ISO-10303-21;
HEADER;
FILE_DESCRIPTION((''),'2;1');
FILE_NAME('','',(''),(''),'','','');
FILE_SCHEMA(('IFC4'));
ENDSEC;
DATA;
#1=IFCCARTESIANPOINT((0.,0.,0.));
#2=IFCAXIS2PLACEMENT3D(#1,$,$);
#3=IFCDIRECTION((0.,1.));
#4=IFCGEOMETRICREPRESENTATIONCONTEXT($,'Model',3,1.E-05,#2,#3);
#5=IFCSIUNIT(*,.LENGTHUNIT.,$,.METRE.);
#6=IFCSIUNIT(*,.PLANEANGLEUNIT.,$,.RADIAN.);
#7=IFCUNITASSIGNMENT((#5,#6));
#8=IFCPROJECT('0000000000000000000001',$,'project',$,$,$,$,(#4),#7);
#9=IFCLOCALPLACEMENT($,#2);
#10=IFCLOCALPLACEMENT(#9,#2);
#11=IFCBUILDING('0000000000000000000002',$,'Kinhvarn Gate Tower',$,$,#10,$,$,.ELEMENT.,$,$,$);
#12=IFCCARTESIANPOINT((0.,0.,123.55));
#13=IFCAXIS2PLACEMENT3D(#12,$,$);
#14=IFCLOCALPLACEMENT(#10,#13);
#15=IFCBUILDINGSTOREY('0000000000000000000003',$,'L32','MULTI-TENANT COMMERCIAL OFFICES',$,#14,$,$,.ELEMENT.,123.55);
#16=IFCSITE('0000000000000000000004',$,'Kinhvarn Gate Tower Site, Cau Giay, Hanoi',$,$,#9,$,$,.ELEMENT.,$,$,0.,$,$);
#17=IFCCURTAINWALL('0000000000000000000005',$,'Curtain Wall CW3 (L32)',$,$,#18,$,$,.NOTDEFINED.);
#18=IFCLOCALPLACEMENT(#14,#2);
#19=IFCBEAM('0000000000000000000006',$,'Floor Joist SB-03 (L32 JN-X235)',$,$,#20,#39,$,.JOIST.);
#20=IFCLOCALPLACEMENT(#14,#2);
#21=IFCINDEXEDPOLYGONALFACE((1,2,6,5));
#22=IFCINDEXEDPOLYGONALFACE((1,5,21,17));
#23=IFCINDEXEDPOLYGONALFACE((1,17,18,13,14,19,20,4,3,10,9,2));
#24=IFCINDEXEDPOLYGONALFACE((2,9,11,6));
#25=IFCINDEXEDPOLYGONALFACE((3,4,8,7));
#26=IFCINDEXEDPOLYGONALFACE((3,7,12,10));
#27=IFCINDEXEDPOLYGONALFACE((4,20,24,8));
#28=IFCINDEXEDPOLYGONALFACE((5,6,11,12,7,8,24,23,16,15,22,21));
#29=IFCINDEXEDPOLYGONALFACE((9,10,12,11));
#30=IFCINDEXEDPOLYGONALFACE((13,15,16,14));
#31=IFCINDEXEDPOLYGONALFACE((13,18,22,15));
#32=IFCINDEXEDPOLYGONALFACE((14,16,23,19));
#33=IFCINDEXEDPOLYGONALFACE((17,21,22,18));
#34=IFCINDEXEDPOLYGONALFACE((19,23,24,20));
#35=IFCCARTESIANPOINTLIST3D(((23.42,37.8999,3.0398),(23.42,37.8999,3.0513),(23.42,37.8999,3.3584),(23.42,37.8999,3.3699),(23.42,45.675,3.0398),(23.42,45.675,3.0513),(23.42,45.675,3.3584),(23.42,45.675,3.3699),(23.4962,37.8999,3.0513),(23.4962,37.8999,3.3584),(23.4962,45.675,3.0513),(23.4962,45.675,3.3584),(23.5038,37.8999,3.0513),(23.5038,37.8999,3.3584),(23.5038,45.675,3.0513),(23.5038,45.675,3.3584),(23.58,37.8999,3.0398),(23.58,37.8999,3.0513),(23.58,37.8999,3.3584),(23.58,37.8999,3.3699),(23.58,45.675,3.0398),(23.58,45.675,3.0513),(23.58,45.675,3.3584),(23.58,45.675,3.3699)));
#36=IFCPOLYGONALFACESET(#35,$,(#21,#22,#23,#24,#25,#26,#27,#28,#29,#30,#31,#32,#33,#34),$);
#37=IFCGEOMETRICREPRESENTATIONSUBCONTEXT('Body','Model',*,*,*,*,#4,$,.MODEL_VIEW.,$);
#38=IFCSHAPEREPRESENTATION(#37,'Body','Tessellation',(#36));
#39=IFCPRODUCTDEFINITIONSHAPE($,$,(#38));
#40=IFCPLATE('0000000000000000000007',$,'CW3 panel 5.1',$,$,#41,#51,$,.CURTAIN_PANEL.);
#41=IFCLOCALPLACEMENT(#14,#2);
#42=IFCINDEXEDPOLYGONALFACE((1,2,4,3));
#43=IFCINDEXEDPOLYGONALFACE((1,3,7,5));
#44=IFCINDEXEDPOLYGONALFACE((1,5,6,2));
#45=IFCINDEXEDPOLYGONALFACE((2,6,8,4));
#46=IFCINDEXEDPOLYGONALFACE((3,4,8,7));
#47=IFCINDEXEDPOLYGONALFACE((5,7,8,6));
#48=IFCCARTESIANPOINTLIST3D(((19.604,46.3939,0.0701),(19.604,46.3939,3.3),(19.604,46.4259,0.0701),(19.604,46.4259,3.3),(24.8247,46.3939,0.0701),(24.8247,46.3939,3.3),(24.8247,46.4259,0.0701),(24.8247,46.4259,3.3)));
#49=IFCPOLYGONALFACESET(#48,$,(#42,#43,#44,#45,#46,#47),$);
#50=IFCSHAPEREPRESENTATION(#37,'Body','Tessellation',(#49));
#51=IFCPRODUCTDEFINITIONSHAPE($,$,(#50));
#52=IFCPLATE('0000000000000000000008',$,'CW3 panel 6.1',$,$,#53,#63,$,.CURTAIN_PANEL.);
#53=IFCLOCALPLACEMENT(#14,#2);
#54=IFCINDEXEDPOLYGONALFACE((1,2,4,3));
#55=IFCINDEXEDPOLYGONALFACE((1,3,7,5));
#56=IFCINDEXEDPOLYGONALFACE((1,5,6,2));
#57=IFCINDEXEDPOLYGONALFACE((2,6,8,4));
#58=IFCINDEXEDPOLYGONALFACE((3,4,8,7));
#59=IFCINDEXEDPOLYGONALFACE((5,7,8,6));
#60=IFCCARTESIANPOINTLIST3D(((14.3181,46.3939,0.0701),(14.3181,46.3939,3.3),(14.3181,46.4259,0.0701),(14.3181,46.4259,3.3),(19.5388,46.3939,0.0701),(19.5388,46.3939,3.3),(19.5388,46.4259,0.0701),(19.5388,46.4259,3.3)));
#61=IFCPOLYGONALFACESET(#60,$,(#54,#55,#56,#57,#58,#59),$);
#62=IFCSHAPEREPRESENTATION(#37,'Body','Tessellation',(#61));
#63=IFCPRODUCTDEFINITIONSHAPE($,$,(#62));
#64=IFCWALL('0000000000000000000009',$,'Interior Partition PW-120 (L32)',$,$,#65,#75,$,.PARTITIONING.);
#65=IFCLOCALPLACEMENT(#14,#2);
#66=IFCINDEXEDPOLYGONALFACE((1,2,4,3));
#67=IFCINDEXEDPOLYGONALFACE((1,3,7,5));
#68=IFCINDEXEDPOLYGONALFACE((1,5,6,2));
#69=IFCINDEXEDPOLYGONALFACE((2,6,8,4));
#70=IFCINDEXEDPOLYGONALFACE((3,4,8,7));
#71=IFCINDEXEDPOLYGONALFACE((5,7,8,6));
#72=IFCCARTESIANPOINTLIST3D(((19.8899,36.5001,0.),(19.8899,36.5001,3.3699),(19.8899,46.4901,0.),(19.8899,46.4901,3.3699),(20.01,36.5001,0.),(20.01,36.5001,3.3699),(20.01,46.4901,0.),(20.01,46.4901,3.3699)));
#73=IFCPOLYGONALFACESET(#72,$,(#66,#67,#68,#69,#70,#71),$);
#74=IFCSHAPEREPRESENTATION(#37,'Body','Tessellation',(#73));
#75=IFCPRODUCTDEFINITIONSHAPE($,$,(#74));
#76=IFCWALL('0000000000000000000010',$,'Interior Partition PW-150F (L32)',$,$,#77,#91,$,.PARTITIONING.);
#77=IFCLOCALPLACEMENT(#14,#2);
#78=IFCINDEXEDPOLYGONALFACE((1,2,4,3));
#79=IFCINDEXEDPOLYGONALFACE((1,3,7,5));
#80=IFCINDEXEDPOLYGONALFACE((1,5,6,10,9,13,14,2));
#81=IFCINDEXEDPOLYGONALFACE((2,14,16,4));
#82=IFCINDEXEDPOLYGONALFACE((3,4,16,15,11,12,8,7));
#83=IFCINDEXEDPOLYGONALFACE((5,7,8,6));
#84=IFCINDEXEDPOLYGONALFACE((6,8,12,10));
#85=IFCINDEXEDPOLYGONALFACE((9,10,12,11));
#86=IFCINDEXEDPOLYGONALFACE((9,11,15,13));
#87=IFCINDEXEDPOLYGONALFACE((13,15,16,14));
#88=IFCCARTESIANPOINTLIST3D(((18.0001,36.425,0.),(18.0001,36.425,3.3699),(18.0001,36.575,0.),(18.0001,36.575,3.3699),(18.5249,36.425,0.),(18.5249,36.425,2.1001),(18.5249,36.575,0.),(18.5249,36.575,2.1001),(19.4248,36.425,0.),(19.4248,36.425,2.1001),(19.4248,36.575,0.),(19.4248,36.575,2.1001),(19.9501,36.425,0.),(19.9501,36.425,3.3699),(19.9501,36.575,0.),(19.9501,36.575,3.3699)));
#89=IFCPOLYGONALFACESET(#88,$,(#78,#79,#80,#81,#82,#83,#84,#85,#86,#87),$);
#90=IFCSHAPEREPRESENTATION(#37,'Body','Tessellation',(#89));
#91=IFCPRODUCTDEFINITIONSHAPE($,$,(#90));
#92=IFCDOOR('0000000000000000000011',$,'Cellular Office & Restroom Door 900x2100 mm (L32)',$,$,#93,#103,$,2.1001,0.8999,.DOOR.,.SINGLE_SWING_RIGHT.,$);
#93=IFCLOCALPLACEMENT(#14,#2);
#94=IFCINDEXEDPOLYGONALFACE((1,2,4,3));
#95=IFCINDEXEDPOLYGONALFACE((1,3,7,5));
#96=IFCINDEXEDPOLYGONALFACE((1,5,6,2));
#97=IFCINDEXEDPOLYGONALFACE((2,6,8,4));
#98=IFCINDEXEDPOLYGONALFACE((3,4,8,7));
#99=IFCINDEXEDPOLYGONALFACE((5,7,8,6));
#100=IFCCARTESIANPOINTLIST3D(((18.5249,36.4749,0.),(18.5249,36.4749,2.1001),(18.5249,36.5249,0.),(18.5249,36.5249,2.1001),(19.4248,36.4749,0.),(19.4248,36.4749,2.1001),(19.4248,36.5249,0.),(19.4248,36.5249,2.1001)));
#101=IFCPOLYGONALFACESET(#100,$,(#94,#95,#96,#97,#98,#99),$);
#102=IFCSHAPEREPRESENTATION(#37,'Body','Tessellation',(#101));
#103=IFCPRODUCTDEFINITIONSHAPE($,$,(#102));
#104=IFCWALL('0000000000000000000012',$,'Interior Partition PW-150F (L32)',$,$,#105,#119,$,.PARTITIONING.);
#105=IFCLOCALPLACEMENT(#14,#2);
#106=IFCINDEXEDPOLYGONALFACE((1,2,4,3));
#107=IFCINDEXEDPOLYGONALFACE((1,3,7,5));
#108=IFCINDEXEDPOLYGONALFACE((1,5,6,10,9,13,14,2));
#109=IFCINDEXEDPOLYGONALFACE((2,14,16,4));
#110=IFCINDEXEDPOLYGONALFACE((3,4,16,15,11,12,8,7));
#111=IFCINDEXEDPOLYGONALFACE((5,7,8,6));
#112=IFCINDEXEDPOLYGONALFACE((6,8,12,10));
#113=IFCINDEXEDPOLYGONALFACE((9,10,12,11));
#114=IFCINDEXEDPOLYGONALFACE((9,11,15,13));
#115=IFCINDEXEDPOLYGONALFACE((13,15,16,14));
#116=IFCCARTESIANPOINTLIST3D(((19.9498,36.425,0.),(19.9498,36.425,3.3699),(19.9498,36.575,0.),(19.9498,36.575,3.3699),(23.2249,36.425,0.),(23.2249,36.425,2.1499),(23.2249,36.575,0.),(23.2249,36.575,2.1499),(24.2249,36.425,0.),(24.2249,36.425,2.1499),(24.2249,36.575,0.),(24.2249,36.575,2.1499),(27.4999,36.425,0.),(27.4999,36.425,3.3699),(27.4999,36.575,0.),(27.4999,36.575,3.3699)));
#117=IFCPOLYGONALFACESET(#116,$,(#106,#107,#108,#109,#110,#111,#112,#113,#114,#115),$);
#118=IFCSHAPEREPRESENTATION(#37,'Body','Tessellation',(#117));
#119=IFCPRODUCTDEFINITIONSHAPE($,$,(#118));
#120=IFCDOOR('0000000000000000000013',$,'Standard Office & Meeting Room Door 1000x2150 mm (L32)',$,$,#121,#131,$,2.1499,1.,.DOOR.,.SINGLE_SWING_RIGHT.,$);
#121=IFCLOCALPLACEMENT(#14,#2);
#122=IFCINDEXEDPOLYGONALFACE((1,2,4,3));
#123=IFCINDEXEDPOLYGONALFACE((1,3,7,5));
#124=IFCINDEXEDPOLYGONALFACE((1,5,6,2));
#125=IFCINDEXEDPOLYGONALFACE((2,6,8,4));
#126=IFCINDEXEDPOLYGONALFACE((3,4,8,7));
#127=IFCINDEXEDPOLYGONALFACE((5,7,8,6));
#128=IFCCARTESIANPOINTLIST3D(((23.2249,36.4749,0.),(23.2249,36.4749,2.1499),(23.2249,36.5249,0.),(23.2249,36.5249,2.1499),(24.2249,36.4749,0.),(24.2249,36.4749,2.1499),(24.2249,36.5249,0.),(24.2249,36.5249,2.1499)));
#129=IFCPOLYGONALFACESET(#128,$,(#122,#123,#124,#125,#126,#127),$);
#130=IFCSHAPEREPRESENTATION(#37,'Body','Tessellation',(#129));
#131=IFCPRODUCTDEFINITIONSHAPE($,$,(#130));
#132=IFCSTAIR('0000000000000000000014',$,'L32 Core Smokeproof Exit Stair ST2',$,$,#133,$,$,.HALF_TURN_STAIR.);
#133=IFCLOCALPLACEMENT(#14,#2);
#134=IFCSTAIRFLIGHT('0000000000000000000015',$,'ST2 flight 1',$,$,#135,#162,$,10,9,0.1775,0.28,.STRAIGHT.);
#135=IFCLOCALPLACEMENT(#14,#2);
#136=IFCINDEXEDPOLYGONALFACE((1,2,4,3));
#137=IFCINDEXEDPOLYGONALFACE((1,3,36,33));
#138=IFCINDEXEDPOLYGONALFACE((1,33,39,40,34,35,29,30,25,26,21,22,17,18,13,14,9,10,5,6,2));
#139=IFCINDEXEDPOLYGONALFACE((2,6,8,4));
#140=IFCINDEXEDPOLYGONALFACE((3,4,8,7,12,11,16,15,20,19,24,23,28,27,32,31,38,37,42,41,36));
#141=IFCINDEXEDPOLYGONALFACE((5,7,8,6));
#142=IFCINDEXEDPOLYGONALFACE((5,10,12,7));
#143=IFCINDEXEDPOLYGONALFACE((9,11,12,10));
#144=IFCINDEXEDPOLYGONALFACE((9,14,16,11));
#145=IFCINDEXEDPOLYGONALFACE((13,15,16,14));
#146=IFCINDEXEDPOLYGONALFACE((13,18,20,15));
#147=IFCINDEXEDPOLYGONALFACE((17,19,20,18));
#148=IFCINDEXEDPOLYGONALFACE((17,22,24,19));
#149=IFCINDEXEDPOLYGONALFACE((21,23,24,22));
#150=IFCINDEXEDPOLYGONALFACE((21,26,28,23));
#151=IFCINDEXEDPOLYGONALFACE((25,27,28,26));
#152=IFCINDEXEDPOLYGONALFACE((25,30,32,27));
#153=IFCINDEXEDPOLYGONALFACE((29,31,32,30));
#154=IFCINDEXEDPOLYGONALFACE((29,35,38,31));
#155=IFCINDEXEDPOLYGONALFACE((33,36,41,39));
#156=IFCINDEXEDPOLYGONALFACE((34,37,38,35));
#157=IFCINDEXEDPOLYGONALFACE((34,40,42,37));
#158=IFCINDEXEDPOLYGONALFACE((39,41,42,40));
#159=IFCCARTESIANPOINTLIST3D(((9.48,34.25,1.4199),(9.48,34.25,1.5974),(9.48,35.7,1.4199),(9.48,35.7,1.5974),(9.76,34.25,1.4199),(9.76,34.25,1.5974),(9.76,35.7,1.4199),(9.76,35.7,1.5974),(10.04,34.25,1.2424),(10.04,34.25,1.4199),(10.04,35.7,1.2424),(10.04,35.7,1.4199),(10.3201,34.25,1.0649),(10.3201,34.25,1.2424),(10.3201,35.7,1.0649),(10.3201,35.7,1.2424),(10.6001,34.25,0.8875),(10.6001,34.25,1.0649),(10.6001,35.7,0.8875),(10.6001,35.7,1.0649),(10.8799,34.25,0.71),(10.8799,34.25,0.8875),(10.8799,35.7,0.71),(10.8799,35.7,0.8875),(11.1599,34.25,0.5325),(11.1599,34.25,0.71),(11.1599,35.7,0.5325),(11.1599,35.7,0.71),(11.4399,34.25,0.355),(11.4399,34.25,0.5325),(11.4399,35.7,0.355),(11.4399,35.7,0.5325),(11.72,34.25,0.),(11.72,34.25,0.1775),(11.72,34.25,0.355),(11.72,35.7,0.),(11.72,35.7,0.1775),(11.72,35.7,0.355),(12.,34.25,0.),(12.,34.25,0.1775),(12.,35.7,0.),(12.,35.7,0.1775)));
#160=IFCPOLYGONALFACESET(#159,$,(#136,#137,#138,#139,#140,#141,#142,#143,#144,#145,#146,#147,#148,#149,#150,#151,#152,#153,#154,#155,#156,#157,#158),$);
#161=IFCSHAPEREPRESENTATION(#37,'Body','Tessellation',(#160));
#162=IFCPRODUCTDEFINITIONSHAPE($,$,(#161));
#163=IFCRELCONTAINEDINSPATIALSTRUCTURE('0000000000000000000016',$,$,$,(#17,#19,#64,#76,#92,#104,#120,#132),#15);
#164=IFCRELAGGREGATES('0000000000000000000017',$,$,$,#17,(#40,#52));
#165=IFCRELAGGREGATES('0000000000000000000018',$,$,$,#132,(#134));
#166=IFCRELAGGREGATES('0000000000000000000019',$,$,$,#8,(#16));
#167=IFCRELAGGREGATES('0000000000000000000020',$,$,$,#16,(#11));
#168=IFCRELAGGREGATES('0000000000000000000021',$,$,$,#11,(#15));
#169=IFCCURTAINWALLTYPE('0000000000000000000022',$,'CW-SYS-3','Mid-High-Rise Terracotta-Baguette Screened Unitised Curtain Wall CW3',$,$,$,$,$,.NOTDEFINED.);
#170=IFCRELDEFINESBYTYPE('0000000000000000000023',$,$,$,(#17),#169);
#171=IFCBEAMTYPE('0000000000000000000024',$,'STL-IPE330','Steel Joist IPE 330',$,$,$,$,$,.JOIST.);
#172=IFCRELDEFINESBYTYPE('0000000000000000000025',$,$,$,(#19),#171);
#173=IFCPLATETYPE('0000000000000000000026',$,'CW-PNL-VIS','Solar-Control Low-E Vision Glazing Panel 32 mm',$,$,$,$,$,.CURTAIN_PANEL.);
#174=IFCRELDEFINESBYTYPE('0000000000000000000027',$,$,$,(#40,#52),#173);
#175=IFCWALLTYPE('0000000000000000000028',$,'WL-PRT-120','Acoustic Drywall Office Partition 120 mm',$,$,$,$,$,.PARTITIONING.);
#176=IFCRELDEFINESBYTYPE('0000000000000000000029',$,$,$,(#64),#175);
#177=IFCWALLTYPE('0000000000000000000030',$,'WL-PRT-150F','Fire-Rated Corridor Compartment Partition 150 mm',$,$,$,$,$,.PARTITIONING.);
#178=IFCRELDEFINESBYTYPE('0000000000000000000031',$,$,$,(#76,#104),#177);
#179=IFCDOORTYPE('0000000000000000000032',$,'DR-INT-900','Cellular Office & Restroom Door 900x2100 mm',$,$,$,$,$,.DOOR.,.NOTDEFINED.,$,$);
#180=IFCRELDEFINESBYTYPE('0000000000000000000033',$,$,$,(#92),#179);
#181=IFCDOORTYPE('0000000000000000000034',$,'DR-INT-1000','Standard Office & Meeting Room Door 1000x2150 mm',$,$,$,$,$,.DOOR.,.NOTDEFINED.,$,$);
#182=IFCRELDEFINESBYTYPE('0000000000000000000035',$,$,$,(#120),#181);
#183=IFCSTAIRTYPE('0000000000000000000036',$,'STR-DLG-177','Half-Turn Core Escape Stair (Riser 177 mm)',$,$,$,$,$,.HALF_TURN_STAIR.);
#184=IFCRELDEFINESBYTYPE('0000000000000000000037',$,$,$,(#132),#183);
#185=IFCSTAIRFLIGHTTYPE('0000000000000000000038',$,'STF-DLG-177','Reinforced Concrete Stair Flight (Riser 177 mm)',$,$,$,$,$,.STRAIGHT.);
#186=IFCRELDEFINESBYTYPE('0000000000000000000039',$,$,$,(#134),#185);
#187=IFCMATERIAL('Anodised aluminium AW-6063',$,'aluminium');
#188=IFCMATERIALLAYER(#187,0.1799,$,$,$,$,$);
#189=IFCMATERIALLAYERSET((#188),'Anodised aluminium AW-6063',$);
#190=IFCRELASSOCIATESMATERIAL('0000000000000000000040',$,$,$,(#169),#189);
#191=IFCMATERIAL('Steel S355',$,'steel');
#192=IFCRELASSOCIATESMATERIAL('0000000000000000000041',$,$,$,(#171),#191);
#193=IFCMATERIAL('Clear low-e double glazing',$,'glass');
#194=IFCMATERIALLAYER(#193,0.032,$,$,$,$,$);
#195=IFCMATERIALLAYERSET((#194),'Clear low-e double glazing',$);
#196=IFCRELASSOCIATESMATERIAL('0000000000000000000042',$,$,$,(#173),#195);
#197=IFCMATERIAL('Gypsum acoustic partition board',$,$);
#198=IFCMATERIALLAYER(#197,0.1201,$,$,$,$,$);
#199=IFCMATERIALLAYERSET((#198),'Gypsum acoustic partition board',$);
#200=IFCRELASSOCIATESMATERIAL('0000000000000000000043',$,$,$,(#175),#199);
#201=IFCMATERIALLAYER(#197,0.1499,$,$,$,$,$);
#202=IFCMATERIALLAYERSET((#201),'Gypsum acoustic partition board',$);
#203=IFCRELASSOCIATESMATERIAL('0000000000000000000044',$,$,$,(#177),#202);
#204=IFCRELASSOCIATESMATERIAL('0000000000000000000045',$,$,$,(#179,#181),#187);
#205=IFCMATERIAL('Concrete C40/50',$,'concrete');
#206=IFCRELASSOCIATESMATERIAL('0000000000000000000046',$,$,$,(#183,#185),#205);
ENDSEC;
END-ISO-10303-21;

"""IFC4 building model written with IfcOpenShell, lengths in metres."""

from ifc_helpers import new_model, si_unit, direction, frame, frame_2d, origin, origin_2d, place, context, subcontext, project, spatial, polyline, rectangle, i_section, outline, extrude, material, layer, layer_set, material_profile, profile_set, type_object, element, fill, aggregate, save


model = new_model("IFC4")

# Units and contexts
model_context = context("Model", 3, precision=1e-05, world=origin(), true_north=direction((0.0, 1.0)))
body_context = subcontext(model_context, "Body", "Model", "MODEL_VIEW")
ifc_project = project(units=[si_unit("LENGTHUNIT", "METRE"), si_unit("PLANEANGLEUNIT", "RADIAN")], contexts=[model_context])

# Site, building, storey
site_placement = place(None, origin())
site = spatial("IfcSite", under=ifc_project, at=site_placement, Name="Kinhvarn Gate Tower Site, Cau Giay, Hanoi", CompositionType="ELEMENT", RefElevation=0.0)
building_placement = place(site_placement, origin())
building = spatial("IfcBuilding", under=site, at=building_placement, Name="Kinhvarn Gate Tower", CompositionType="ELEMENT")
storey_placement = place(building_placement, frame((0.0, 0.0, 123.55)))
storey = spatial("IfcBuildingStorey", under=building, at=storey_placement, Name="L32", Description="MULTI-TENANT COMMERCIAL OFFICES", CompositionType="ELEMENT", Elevation=123.55)

# Curtain wall
ifc_material_1 = material(Name="Anodised aluminium AW-6063", Category="aluminium")
ifc_layer_1 = layer(ifc_material_1, 0.1799)
ifc_layer_set_1 = layer_set([ifc_layer_1], Name="Anodised aluminium AW-6063")
curtain_wall_type = type_object("IfcCurtainWallType", Name="CW-SYS-3", Description="Mid-High-Rise Terracotta-Baguette Screened Unitised Curtain Wall CW3", PredefinedType="NOTDEFINED", material=ifc_layer_set_1)
curtain_wall_placement = place(storey_placement, origin())
curtain_wall = element("IfcCurtainWall", 1, at=curtain_wall_placement, inside=storey, type_object=curtain_wall_type, Name="Curtain Wall CW3 (L32)", PredefinedType="NOTDEFINED")

# Beam
ifc_material_2 = material(Name="Steel S355", Category="steel")
ifc_material_profile_1 = material_profile(ifc_material_2, i_section(OverallWidth=0.1599, OverallDepth=0.3301, WebThickness=0.0076, FlangeThickness=0.0115, at=origin_2d()), Name="IPE 330")
ifc_profile_set_1 = profile_set([ifc_material_profile_1], Name="Steel S355")
beam_type_1 = type_object("IfcBeamType", Name="STL-IPE330", Description="Steel Joist IPE 330", PredefinedType="JOIST", material=ifc_profile_set_1)
for number, where, z_axis, x_axis, name in (
    (2, (23.5, 37.8999, 3.2048), (0.0, 1.0, 0.0), (-1.0, 0.0, 0.0), "Floor Joist SB-03 (L32 JN-X235)"),
):
    element("IfcBeam", number, at=place(storey_placement, frame(where, z_axis=z_axis, x_axis=x_axis)), inside=storey, type_object=beam_type_1, Name=name, PredefinedType="JOIST", context=body_context, shape_type="SweptSolid", body=[
        extrude(i_section(OverallWidth=0.1599, OverallDepth=0.3301, WebThickness=0.0076, FlangeThickness=0.0115, at=origin_2d()), origin(), (0.0, 0.0, 1.0), 7.7751),
    ])

# Plates
ifc_material_3 = material(Name="Clear low-e double glazing", Category="glass")
ifc_layer_2 = layer(ifc_material_3, 0.032)
ifc_layer_set_2 = layer_set([ifc_layer_2], Name="Clear low-e double glazing")
plate_type = type_object("IfcPlateType", Name="CW-PNL-VIS", Description="Solar-Control Low-E Vision Glazing Panel 32 mm", PredefinedType="CURTAIN_PANEL", material=ifc_layer_set_2)
plate_1_placement = place(storey_placement, frame((22.2144, 46.4099, 0.0701), z_axis=(0.0, 0.0, 1.0), x_axis=(-1.0, 0.0, 0.0)))
plate_1 = element("IfcPlate", 3, at=plate_1_placement, type_object=plate_type, Name="CW3 panel 5.1", PredefinedType="CURTAIN_PANEL", context=body_context, shape_type="SweptSolid", body=[
    extrude(rectangle(XDim=5.2207, YDim=0.032, at=origin_2d()), origin(), (0.0, 0.0, 1.0), 3.23),
])
plate_2_placement = place(storey_placement, frame((16.9285, 46.4099, 0.0701), z_axis=(0.0, 0.0, 1.0), x_axis=(-1.0, 0.0, 0.0)))
plate_2 = element("IfcPlate", 4, at=plate_2_placement, type_object=plate_type, Name="CW3 panel 6.1", PredefinedType="CURTAIN_PANEL", context=body_context, shape_type="SweptSolid", body=[
    extrude(rectangle(XDim=5.2207, YDim=0.032, at=origin_2d()), origin(), (0.0, 0.0, 1.0), 3.23),
])
aggregate(curtain_wall, [plate_1, plate_2])

# Wall
ifc_material_4 = material(Name="Gypsum acoustic partition board")
ifc_layer_3 = layer(ifc_material_4, 0.1201)
ifc_layer_set_3 = layer_set([ifc_layer_3], Name="Gypsum acoustic partition board")
wall_type_1 = type_object("IfcWallType", Name="WL-PRT-120", Description="Acoustic Drywall Office Partition 120 mm", PredefinedType="PARTITIONING", material=ifc_layer_set_3)
wall_1_placement = place(storey_placement, frame((19.95, 36.5, 0.0), z_axis=(0.0, 0.0, 1.0), x_axis=(0.0, 1.0, 0.0)))
element("IfcWall", 5, at=wall_1_placement, inside=storey, type_object=wall_type_1, Name="Interior Partition PW-120 (L32)", PredefinedType="PARTITIONING", context=body_context, shape_type="SweptSolid", body=[
    extrude(rectangle(XDim=9.99, YDim=0.1201, at=frame_2d((4.9951, 0.0))), origin(), (0.0, 0.0, 1.0), 3.3699),
])

# Walls, openings, doors
ifc_layer_4 = layer(ifc_material_4, 0.1499)
ifc_layer_set_4 = layer_set([ifc_layer_4], Name="Gypsum acoustic partition board")
wall_type_2 = type_object("IfcWallType", Name="WL-PRT-150F", Description="Fire-Rated Corridor Compartment Partition 150 mm", PredefinedType="PARTITIONING", material=ifc_layer_set_4)
wall_2_placement = place(storey_placement, frame((18.0, 36.5, 0.0), z_axis=(0.0, 0.0, 1.0), x_axis=(1.0, 0.0, 0.0)))
wall_2 = element("IfcWall", 6, at=wall_2_placement, inside=storey, type_object=wall_type_2, Name="Interior Partition PW-150F (L32)", PredefinedType="PARTITIONING", context=body_context, shape_type="SweptSolid", body=[
    extrude(rectangle(XDim=1.95, YDim=0.1499, at=frame_2d((0.9751, 0.0))), origin(), (0.0, 0.0, 1.0), 3.3699),
])
opening_1_placement = place(wall_2_placement, frame((0.5249, 0.0, 0.0)))
opening_1 = element("IfcOpeningElement", 7, at=opening_1_placement, cuts=wall_2, PredefinedType="OPENING", context=body_context, shape_type="SweptSolid", body=[
    extrude(rectangle(XDim=0.8999, YDim=2.1001, at=frame_2d((0.45, 1.05))), frame((0.0, 0.085, 0.0), z_axis=(0.0, -1.0, 0.0), x_axis=(1.0, 0.0, 0.0)), (0.0, 0.0, 1.0), 0.1699),
])
door_type_1 = type_object("IfcDoorType", Name="DR-INT-900", Description="Cellular Office & Restroom Door 900x2100 mm", OperationType="NOTDEFINED", PredefinedType="DOOR", material=ifc_material_1)
door_1_placement = place(opening_1_placement, origin())
door_1 = element("IfcDoor", 8, at=door_1_placement, inside=storey, type_object=door_type_1, Name="Cellular Office & Restroom Door 900x2100 mm (L32)", OperationType="SINGLE_SWING_RIGHT", OverallHeight=2.1001, OverallWidth=0.8999, PredefinedType="DOOR", context=body_context, shape_type="SweptSolid", body=[
    extrude(rectangle(XDim=0.8999, YDim=2.1001, at=frame_2d((0.45, 1.05))), frame((0.0, 0.0249, 0.0), z_axis=(0.0, -1.0, 0.0), x_axis=(1.0, 0.0, 0.0)), (0.0, 0.0, 1.0), 0.05),
])
fill(opening_1, door_1)
door_type_2 = type_object("IfcDoorType", Name="DR-INT-1000", Description="Standard Office & Meeting Room Door 1000x2150 mm", OperationType="NOTDEFINED", PredefinedType="DOOR", material=ifc_material_1)
wall_3_placement = place(storey_placement, frame((19.95, 36.5, 0.0), z_axis=(0.0, 0.0, 1.0), x_axis=(1.0, 0.0, 0.0)))
wall_3 = element("IfcWall", 9, at=wall_3_placement, inside=storey, type_object=wall_type_2, Name="Interior Partition PW-150F (L32)", PredefinedType="PARTITIONING", context=body_context, shape_type="SweptSolid", body=[
    extrude(rectangle(XDim=7.55, YDim=0.1499, at=frame_2d((3.7749, 0.0))), origin(), (0.0, 0.0, 1.0), 3.3699),
])
opening_2_placement = place(wall_3_placement, frame((3.2749, 0.0, 0.0)))
opening_2 = element("IfcOpeningElement", 10, at=opening_2_placement, cuts=wall_3, PredefinedType="OPENING", context=body_context, shape_type="SweptSolid", body=[
    extrude(rectangle(XDim=1.0, YDim=2.1499, at=frame_2d((0.5, 1.075))), frame((0.0, 0.085, 0.0), z_axis=(0.0, -1.0, 0.0), x_axis=(1.0, 0.0, 0.0)), (0.0, 0.0, 1.0), 0.1699),
])
door_2_placement = place(opening_2_placement, origin())
door_2 = element("IfcDoor", 11, at=door_2_placement, inside=storey, type_object=door_type_2, Name="Standard Office & Meeting Room Door 1000x2150 mm (L32)", OperationType="SINGLE_SWING_RIGHT", OverallHeight=2.1499, OverallWidth=1.0, PredefinedType="DOOR", context=body_context, shape_type="SweptSolid", body=[
    extrude(rectangle(XDim=1.0, YDim=2.1499, at=frame_2d((0.5, 1.075))), frame((0.0, 0.0249, 0.0), z_axis=(0.0, -1.0, 0.0), x_axis=(1.0, 0.0, 0.0)), (0.0, 0.0, 1.0), 0.05),
])
fill(opening_2, door_2)
ifc_material_5 = material(Name="Concrete C40/50", Category="concrete")

# Stair, stair flight
stair_type = type_object("IfcStairType", Name="STR-DLG-177", Description="Half-Turn Core Escape Stair (Riser 177 mm)", PredefinedType="HALF_TURN_STAIR", material=ifc_material_5)
stair_placement = place(storey_placement, origin())
stair = element("IfcStair", 12, at=stair_placement, inside=storey, type_object=stair_type, Name="L32 Core Smokeproof Exit Stair ST2", PredefinedType="HALF_TURN_STAIR")
stair_flight_type = type_object("IfcStairFlightType", Name="STF-DLG-177", Description="Reinforced Concrete Stair Flight (Riser 177 mm)", PredefinedType="STRAIGHT", material=ifc_material_5)
stair_flight_placement = place(storey_placement, frame((12.0, 34.9751, 0.0), z_axis=(0.0, 0.0, 1.0), x_axis=(-1.0, 0.0, 0.0)))
stair_flight = element("IfcStairFlight", 13, at=stair_flight_placement, type_object=stair_flight_type, Name="ST2 flight 1", NumberOfRisers=10, NumberOfTreads=9, PredefinedType="STRAIGHT", RiserHeight=0.1775, TreadLength=0.28, context=body_context, shape_type="SweptSolid", body=[
    extrude(outline(polyline([(0.0, 0.0), (0.0, 0.1775), (0.28, 0.1775), (0.28, 0.355), (0.5601, 0.355), (0.5601, 0.5325), (0.8401, 0.5325), (0.8401, 0.71), (1.1201, 0.71), (1.1201, 0.8875), (1.3999, 0.8875), (1.3999, 1.0649), (1.6799, 1.0649), (1.6799, 1.2424), (1.96, 1.2424), (1.96, 1.4199), (2.24, 1.4199), (2.24, 1.5974), (2.52, 1.5974), (2.52, 1.7749), (2.52, 1.4199), (0.28, 0.0), (0.0, 0.0)])), frame((0.0, 0.7251, 0.0), z_axis=(0.0, -1.0, 0.0), x_axis=(1.0, 0.0, 0.0)), (0.0, 0.0, 1.0), 1.45),
])
aggregate(stair, [stair_flight])

save(model, "model.ifc")
